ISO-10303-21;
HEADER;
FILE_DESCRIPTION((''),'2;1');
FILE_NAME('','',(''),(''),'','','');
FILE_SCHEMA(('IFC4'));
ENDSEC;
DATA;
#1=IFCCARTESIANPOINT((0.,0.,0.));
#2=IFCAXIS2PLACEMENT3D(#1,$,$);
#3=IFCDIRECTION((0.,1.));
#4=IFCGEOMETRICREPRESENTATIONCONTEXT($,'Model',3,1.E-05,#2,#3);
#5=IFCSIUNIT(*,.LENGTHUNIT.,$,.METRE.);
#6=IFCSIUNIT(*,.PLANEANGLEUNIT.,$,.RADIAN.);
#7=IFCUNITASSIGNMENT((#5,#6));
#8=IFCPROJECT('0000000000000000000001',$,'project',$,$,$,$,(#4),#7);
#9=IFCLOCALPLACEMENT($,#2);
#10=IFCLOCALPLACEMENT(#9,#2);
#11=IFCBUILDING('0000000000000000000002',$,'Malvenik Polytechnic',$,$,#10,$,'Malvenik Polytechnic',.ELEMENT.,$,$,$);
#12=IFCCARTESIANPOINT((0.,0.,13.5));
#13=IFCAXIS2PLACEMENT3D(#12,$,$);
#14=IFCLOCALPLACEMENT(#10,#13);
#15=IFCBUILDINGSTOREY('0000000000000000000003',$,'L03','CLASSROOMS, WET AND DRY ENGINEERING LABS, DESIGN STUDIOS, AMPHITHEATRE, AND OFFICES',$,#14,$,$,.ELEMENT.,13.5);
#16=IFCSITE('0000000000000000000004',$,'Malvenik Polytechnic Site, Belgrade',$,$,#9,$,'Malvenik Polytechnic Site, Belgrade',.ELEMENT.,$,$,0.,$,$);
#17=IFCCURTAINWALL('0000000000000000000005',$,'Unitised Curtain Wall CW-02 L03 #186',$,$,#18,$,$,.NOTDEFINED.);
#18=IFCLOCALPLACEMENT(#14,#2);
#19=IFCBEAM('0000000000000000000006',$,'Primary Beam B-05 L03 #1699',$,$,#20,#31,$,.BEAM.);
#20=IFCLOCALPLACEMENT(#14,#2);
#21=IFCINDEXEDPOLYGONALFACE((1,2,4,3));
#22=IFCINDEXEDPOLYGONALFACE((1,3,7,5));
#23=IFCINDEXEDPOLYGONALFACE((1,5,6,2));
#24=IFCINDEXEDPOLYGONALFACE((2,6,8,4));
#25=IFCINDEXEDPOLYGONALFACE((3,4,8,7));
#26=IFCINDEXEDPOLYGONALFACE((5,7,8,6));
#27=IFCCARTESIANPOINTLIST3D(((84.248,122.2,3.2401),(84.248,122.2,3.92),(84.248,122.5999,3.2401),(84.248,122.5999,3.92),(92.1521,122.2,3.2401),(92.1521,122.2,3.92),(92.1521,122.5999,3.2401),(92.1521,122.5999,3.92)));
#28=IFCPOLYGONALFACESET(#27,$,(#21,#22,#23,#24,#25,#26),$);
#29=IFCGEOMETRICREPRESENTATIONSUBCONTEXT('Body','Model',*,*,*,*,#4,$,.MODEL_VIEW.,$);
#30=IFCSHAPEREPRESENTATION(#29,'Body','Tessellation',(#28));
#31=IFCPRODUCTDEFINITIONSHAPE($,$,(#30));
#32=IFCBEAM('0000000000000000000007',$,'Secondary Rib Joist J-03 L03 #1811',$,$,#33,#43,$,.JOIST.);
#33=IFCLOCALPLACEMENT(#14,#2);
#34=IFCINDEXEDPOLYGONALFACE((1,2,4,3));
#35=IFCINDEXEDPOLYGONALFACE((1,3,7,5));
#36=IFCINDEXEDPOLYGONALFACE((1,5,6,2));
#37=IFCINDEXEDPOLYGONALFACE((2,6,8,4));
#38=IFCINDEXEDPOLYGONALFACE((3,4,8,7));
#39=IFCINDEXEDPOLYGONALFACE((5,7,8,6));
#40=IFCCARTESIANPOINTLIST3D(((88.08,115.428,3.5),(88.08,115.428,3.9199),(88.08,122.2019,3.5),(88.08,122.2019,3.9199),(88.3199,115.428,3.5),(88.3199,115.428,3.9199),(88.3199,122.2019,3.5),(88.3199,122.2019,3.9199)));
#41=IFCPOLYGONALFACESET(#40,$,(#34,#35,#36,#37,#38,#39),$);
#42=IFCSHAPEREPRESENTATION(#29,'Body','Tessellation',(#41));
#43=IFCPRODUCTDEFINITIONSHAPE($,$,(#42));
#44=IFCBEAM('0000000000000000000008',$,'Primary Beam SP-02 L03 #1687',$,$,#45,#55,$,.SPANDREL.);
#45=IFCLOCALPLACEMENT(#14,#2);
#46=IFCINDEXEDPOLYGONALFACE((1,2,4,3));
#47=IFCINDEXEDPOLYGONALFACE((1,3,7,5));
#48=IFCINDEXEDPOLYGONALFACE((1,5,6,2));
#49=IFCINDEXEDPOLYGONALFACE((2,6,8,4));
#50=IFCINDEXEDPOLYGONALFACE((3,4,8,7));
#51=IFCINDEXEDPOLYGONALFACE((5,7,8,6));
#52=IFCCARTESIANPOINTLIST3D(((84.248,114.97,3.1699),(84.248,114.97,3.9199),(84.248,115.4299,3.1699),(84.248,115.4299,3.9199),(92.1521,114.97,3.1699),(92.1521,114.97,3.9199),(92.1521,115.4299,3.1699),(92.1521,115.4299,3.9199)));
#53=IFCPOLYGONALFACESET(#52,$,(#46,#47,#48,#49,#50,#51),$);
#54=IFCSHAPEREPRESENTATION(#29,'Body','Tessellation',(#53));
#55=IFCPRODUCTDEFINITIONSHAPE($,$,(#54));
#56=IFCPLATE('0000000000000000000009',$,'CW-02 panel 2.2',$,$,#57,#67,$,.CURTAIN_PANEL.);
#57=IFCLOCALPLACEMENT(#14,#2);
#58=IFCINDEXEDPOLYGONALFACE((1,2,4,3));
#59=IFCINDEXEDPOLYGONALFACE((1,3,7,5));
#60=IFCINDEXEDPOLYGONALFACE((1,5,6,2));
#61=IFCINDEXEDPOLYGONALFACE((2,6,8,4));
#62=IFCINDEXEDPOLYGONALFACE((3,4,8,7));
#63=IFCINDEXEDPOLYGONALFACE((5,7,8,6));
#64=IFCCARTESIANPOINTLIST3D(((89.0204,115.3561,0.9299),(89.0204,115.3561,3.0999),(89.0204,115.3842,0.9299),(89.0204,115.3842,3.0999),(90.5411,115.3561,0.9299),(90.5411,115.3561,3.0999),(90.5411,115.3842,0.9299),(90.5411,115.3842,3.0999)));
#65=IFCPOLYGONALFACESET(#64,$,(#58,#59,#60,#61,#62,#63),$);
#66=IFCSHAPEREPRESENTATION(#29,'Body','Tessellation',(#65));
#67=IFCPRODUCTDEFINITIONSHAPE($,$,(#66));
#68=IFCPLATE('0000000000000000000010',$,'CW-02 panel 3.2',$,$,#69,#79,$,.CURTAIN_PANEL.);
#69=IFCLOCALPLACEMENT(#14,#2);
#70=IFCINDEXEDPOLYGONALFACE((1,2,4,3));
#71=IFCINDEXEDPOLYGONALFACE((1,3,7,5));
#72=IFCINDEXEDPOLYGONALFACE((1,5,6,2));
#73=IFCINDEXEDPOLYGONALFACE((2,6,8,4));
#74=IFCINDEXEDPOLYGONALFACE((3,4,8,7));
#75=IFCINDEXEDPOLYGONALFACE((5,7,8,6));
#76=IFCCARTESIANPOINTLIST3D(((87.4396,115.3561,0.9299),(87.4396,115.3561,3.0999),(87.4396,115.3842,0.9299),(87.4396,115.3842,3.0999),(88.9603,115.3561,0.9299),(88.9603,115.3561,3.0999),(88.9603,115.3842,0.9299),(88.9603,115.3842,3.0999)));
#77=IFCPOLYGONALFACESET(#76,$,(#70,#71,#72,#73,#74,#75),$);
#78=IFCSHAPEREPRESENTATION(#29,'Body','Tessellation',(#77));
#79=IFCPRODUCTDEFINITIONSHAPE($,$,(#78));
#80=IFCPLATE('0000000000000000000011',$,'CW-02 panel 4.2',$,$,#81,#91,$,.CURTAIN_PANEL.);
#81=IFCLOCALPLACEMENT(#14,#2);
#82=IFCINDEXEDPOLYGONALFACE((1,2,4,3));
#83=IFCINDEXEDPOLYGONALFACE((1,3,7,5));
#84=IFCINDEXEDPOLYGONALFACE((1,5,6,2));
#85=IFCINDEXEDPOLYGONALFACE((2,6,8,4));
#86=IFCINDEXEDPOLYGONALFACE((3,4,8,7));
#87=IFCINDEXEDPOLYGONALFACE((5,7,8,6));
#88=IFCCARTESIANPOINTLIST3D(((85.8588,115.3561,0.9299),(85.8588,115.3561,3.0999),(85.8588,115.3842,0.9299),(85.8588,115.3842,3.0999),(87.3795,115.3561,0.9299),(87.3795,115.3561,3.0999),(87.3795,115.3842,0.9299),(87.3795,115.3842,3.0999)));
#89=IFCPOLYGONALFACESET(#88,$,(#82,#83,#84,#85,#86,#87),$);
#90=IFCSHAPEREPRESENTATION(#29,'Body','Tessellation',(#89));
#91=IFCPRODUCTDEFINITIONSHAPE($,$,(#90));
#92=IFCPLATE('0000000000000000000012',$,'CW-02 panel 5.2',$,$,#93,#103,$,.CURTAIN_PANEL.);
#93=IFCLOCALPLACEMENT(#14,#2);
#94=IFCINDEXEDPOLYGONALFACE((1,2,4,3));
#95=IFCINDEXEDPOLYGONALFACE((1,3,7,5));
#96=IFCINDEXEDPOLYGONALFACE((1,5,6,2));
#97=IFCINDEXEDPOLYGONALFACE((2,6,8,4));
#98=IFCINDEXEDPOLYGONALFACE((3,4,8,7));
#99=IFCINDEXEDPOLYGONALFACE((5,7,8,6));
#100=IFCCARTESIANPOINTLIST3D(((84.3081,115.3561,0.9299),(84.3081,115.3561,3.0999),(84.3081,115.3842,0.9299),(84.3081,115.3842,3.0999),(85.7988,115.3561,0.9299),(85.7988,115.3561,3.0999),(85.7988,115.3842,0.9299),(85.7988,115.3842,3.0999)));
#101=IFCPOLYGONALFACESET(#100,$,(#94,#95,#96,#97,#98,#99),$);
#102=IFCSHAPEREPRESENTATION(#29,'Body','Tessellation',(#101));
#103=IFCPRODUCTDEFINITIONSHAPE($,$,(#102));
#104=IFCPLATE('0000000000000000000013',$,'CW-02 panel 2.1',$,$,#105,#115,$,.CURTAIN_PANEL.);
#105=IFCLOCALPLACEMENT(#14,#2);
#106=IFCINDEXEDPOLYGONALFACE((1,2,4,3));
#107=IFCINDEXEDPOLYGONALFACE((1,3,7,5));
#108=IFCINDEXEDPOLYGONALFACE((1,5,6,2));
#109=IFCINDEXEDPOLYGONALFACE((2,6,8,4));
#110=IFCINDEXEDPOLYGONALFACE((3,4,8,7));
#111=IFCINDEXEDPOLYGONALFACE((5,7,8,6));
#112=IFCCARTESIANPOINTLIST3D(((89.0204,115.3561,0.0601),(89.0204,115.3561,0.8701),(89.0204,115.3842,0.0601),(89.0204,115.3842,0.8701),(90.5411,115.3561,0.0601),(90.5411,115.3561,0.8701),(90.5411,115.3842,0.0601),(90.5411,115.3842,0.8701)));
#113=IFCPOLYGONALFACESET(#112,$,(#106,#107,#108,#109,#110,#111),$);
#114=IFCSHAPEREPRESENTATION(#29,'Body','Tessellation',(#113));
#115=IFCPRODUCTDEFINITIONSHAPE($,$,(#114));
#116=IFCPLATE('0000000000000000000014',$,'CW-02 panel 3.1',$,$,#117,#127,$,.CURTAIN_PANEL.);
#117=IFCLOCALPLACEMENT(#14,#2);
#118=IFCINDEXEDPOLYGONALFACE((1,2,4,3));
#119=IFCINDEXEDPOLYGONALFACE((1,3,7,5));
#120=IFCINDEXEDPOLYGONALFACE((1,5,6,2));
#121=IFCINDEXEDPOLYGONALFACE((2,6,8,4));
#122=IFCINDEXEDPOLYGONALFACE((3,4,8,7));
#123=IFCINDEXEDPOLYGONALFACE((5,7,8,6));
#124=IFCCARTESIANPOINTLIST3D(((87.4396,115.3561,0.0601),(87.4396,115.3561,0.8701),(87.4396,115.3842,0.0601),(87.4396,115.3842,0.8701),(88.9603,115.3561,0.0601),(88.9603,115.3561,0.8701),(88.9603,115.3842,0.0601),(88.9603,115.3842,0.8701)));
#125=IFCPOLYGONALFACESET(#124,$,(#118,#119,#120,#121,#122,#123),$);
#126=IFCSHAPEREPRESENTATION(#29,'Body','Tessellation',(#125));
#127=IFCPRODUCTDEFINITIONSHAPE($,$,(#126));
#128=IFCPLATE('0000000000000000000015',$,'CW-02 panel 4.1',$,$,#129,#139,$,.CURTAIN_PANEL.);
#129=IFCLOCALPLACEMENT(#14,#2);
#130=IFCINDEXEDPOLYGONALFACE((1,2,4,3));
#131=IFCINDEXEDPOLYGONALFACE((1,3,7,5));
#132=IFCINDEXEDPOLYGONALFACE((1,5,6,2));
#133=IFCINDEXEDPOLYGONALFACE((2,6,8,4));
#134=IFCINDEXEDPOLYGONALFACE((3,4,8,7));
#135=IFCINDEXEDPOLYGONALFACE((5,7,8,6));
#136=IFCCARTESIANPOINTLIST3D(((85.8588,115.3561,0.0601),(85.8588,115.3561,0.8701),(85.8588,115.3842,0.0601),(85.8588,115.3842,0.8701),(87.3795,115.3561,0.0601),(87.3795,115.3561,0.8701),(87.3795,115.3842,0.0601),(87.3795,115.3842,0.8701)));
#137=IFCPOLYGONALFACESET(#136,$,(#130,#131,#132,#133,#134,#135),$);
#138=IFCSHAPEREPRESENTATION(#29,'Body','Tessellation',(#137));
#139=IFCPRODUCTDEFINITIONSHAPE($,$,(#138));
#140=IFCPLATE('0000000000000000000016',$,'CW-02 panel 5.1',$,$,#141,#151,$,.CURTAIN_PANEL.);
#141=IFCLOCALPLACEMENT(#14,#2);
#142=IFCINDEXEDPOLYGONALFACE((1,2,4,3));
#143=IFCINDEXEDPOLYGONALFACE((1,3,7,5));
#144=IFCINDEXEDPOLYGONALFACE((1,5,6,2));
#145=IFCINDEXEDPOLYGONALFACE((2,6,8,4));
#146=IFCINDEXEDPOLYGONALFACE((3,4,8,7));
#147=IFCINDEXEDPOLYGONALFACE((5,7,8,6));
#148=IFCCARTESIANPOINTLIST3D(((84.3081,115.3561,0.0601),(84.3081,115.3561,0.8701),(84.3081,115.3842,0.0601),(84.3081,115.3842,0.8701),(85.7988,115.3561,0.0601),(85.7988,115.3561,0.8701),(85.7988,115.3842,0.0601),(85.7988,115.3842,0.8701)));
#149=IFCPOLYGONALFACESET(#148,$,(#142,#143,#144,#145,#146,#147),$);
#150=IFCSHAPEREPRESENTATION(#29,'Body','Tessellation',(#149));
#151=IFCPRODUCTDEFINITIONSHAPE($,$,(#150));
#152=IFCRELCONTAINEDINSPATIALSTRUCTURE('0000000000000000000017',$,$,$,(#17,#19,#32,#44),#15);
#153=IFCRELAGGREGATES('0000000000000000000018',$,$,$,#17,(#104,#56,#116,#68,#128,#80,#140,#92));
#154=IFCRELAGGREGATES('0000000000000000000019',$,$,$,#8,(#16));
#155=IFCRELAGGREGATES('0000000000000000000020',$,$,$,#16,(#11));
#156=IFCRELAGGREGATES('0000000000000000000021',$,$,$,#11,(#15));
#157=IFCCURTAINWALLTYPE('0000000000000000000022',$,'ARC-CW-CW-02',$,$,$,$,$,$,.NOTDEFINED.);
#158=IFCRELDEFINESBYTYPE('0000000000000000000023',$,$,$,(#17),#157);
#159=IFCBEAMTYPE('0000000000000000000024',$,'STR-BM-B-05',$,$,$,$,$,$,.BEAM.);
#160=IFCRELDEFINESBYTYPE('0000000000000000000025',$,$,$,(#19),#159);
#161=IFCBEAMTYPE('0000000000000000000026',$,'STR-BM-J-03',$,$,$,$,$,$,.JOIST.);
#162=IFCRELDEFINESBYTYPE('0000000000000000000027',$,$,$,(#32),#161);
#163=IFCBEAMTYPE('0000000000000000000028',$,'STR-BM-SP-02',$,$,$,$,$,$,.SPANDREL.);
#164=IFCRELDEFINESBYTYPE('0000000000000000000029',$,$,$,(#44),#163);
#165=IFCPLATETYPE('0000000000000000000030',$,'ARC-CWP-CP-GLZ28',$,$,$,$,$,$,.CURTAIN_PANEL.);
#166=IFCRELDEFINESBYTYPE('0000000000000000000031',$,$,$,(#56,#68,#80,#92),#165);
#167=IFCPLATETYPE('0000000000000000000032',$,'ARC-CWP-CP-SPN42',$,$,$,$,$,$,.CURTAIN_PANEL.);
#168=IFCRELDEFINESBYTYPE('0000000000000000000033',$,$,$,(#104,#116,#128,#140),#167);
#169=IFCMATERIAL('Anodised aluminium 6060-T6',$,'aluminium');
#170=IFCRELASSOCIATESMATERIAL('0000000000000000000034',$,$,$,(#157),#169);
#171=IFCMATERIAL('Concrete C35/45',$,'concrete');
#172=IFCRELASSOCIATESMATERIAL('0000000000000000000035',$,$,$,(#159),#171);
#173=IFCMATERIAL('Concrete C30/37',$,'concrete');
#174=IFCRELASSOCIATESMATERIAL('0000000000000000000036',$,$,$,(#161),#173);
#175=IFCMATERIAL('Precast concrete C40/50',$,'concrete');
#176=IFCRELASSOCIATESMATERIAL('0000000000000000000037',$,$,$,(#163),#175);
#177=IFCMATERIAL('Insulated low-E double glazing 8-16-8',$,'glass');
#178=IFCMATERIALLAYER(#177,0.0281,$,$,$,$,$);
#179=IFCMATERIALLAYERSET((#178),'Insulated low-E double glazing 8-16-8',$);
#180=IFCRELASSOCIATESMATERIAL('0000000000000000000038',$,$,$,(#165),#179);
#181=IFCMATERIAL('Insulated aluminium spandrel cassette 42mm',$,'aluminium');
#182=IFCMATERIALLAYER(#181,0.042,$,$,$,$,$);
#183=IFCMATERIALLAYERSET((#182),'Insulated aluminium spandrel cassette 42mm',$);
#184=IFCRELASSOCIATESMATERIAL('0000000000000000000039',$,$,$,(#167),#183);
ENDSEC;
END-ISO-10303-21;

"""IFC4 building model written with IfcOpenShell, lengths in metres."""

from ifc_helpers import new_model, si_unit, direction, frame, origin, origin_2d, place, context, subcontext, project, spatial, rectangle, extrude, material, layer, layer_set, material_profile, profile_set, type_object, element, aggregate, save


model = new_model("IFC4")

# Units and contexts
model_context = context("Model", 3, precision=1e-05, world=origin(), true_north=direction((0.0, 1.0)))
body_context = subcontext(model_context, "Body", "Model", "MODEL_VIEW")
ifc_project = project(units=[si_unit("LENGTHUNIT", "METRE"), si_unit("PLANEANGLEUNIT", "RADIAN")], contexts=[model_context])

# Site, building, storey
site_placement = place(None, origin())
site = spatial("IfcSite", under=ifc_project, at=site_placement, Name="Malvenik Polytechnic Site, Belgrade", LongName="Malvenik Polytechnic Site, Belgrade", CompositionType="ELEMENT", RefElevation=0.0)
building_placement = place(site_placement, origin())
building = spatial("IfcBuilding", under=site, at=building_placement, Name="Malvenik Polytechnic", LongName="Malvenik Polytechnic", CompositionType="ELEMENT")
storey_placement = place(building_placement, frame((0.0, 0.0, 13.5)))
storey = spatial("IfcBuildingStorey", under=building, at=storey_placement, Name="L03", Description="CLASSROOMS, WET AND DRY ENGINEERING LABS, DESIGN STUDIOS, AMPHITHEATRE, AND OFFICES", CompositionType="ELEMENT", Elevation=13.5)

# Curtain wall
ifc_material_1 = material(Name="Anodised aluminium 6060-T6", Category="aluminium")
curtain_wall_type = type_object("IfcCurtainWallType", Name="ARC-CW-CW-02", PredefinedType="NOTDEFINED", material=ifc_material_1)
curtain_wall_placement = place(storey_placement, origin())
curtain_wall = element("IfcCurtainWall", 1, at=curtain_wall_placement, inside=storey, type_object=curtain_wall_type, Name="Unitised Curtain Wall CW-02 L03 #186", PredefinedType="NOTDEFINED")

# Beams
ifc_material_2 = material(Name="Concrete C35/45", Category="concrete")
ifc_material_profile_1 = material_profile(ifc_material_2, rectangle(XDim=0.3999, YDim=0.6799, at=origin_2d()), Name="RC BM 400x680")
ifc_profile_set_1 = profile_set([ifc_material_profile_1], Name="Concrete C35/45")
beam_type_1 = type_object("IfcBeamType", Name="STR-BM-B-05", PredefinedType="BEAM", material=ifc_profile_set_1)
beam_1_placement = place(storey_placement, frame((84.248, 122.3999, 3.5801), z_axis=(1.0, 0.0, 0.0), x_axis=(0.0, 1.0, 0.0)))
element("IfcBeam", 2, at=beam_1_placement, inside=storey, type_object=beam_type_1, Name="Primary Beam B-05 L03 #1699", PredefinedType="BEAM", context=body_context, shape_type="SweptSolid", body=[
    extrude(rectangle(XDim=0.3999, YDim=0.6799, at=origin_2d()), origin(), (0.0, 0.0, 1.0), 7.9041),
])
ifc_material_3 = material(Name="Concrete C30/37", Category="concrete")
ifc_material_profile_2 = material_profile(ifc_material_3, rectangle(XDim=0.24, YDim=0.4199, at=origin_2d()), Name="RC JST 240x420")
ifc_profile_set_2 = profile_set([ifc_material_profile_2], Name="Concrete C30/37")
beam_type_2 = type_object("IfcBeamType", Name="STR-BM-J-03", PredefinedType="JOIST", material=ifc_profile_set_2)
beam_2_placement = place(storey_placement, frame((88.2, 115.428, 3.71), z_axis=(0.0, 1.0, 0.0), x_axis=(-1.0, 0.0, 0.0)))
element("IfcBeam", 3, at=beam_2_placement, inside=storey, type_object=beam_type_2, Name="Secondary Rib Joist J-03 L03 #1811", PredefinedType="JOIST", context=body_context, shape_type="SweptSolid", body=[
    extrude(rectangle(XDim=0.24, YDim=0.4199, at=origin_2d()), origin(), (0.0, 0.0, 1.0), 6.7739),
])
ifc_material_4 = material(Name="Precast concrete C40/50", Category="concrete")
ifc_material_profile_3 = material_profile(ifc_material_4, rectangle(XDim=0.46, YDim=0.75, at=origin_2d()), Name="PC SPN 460x750")
ifc_profile_set_3 = profile_set([ifc_material_profile_3], Name="Precast concrete C40/50")
beam_type_3 = type_object("IfcBeamType", Name="STR-BM-SP-02", PredefinedType="SPANDREL", material=ifc_profile_set_3)
beam_3_placement = place(storey_placement, frame((84.248, 115.2, 3.5449), z_axis=(1.0, 0.0, 0.0), x_axis=(0.0, 1.0, 0.0)))
element("IfcBeam", 4, at=beam_3_placement, inside=storey, type_object=beam_type_3, Name="Primary Beam SP-02 L03 #1687", PredefinedType="SPANDREL", context=body_context, shape_type="SweptSolid", body=[
    extrude(rectangle(XDim=0.46, YDim=0.75, at=origin_2d()), origin(), (0.0, 0.0, 1.0), 7.9041),
])

# Plates
ifc_material_5 = material(Name="Insulated low-E double glazing 8-16-8", Category="glass")
ifc_layer_1 = layer(ifc_material_5, 0.0281)
ifc_layer_set_1 = layer_set([ifc_layer_1], Name="Insulated low-E double glazing 8-16-8")
plate_type_1 = type_object("IfcPlateType", Name="ARC-CWP-CP-GLZ28", PredefinedType="CURTAIN_PANEL", material=ifc_layer_set_1)
plate_1_placement = place(storey_placement, frame((89.7808, 115.3701, 0.9299), z_axis=(0.0, 0.0, 1.0), x_axis=(-1.0, 0.0, 0.0)))
plate_1 = element("IfcPlate", 5, at=plate_1_placement, type_object=plate_type_1, Name="CW-02 panel 2.2", PredefinedType="CURTAIN_PANEL", context=body_context, shape_type="SweptSolid", body=[
    extrude(rectangle(XDim=1.5208, YDim=0.0281, at=origin_2d()), origin(), (0.0, 0.0, 1.0), 2.1699),
])
plate_2_placement = place(storey_placement, frame((88.2, 115.3701, 0.9299), z_axis=(0.0, 0.0, 1.0), x_axis=(-1.0, 0.0, 0.0)))
plate_2 = element("IfcPlate", 6, at=plate_2_placement, type_object=plate_type_1, Name="CW-02 panel 3.2", PredefinedType="CURTAIN_PANEL", context=body_context, shape_type="SweptSolid", body=[
    extrude(rectangle(XDim=1.5208, YDim=0.0281, at=origin_2d()), origin(), (0.0, 0.0, 1.0), 2.1699),
])
plate_3_placement = place(storey_placement, frame((86.6191, 115.3701, 0.9299), z_axis=(0.0, 0.0, 1.0), x_axis=(-1.0, 0.0, 0.0)))
plate_3 = element("IfcPlate", 7, at=plate_3_placement, type_object=plate_type_1, Name="CW-02 panel 4.2", PredefinedType="CURTAIN_PANEL", context=body_context, shape_type="SweptSolid", body=[
    extrude(rectangle(XDim=1.5208, YDim=0.0281, at=origin_2d()), origin(), (0.0, 0.0, 1.0), 2.1699),
])
plate_4_placement = place(storey_placement, frame((85.0535, 115.3701, 0.9299), z_axis=(0.0, 0.0, 1.0), x_axis=(-1.0, 0.0, 0.0)))
plate_4 = element("IfcPlate", 8, at=plate_4_placement, type_object=plate_type_1, Name="CW-02 panel 5.2", PredefinedType="CURTAIN_PANEL", context=body_context, shape_type="SweptSolid", body=[
    extrude(rectangle(XDim=1.4907, YDim=0.0281, at=origin_2d()), origin(), (0.0, 0.0, 1.0), 2.1699),
])
ifc_material_6 = material(Name="Insulated aluminium spandrel cassette 42mm", Category="aluminium")
ifc_layer_2 = layer(ifc_material_6, 0.042)
ifc_layer_set_2 = layer_set([ifc_layer_2], Name="Insulated aluminium spandrel cassette 42mm")
plate_type_2 = type_object("IfcPlateType", Name="ARC-CWP-CP-SPN42", PredefinedType="CURTAIN_PANEL", material=ifc_layer_set_2)
plate_5_placement = place(storey_placement, frame((89.7808, 115.3701, 0.0601), z_axis=(0.0, 0.0, 1.0), x_axis=(-1.0, 0.0, 0.0)))
plate_5 = element("IfcPlate", 9, at=plate_5_placement, type_object=plate_type_2, Name="CW-02 panel 2.1", PredefinedType="CURTAIN_PANEL", context=body_context, shape_type="SweptSolid", body=[
    extrude(rectangle(XDim=1.5208, YDim=0.0281, at=origin_2d()), origin(), (0.0, 0.0, 1.0), 0.8101),
])
plate_6_placement = place(storey_placement, frame((88.2, 115.3701, 0.0601), z_axis=(0.0, 0.0, 1.0), x_axis=(-1.0, 0.0, 0.0)))
plate_6 = element("IfcPlate", 10, at=plate_6_placement, type_object=plate_type_2, Name="CW-02 panel 3.1", PredefinedType="CURTAIN_PANEL", context=body_context, shape_type="SweptSolid", body=[
    extrude(rectangle(XDim=1.5208, YDim=0.0281, at=origin_2d()), origin(), (0.0, 0.0, 1.0), 0.8101),
])
plate_7_placement = place(storey_placement, frame((86.6191, 115.3701, 0.0601), z_axis=(0.0, 0.0, 1.0), x_axis=(-1.0, 0.0, 0.0)))
plate_7 = element("IfcPlate", 11, at=plate_7_placement, type_object=plate_type_2, Name="CW-02 panel 4.1", PredefinedType="CURTAIN_PANEL", context=body_context, shape_type="SweptSolid", body=[
    extrude(rectangle(XDim=1.5208, YDim=0.0281, at=origin_2d()), origin(), (0.0, 0.0, 1.0), 0.8101),
])
plate_8_placement = place(storey_placement, frame((85.0535, 115.3701, 0.0601), z_axis=(0.0, 0.0, 1.0), x_axis=(-1.0, 0.0, 0.0)))
plate_8 = element("IfcPlate", 12, at=plate_8_placement, type_object=plate_type_2, Name="CW-02 panel 5.1", PredefinedType="CURTAIN_PANEL", context=body_context, shape_type="SweptSolid", body=[
    extrude(rectangle(XDim=1.4907, YDim=0.0281, at=origin_2d()), origin(), (0.0, 0.0, 1.0), 0.8101),
])
aggregate(curtain_wall, [plate_5, plate_1, plate_6, plate_2, plate_7, plate_3, plate_8, plate_4])

save(model, "model.ifc")
